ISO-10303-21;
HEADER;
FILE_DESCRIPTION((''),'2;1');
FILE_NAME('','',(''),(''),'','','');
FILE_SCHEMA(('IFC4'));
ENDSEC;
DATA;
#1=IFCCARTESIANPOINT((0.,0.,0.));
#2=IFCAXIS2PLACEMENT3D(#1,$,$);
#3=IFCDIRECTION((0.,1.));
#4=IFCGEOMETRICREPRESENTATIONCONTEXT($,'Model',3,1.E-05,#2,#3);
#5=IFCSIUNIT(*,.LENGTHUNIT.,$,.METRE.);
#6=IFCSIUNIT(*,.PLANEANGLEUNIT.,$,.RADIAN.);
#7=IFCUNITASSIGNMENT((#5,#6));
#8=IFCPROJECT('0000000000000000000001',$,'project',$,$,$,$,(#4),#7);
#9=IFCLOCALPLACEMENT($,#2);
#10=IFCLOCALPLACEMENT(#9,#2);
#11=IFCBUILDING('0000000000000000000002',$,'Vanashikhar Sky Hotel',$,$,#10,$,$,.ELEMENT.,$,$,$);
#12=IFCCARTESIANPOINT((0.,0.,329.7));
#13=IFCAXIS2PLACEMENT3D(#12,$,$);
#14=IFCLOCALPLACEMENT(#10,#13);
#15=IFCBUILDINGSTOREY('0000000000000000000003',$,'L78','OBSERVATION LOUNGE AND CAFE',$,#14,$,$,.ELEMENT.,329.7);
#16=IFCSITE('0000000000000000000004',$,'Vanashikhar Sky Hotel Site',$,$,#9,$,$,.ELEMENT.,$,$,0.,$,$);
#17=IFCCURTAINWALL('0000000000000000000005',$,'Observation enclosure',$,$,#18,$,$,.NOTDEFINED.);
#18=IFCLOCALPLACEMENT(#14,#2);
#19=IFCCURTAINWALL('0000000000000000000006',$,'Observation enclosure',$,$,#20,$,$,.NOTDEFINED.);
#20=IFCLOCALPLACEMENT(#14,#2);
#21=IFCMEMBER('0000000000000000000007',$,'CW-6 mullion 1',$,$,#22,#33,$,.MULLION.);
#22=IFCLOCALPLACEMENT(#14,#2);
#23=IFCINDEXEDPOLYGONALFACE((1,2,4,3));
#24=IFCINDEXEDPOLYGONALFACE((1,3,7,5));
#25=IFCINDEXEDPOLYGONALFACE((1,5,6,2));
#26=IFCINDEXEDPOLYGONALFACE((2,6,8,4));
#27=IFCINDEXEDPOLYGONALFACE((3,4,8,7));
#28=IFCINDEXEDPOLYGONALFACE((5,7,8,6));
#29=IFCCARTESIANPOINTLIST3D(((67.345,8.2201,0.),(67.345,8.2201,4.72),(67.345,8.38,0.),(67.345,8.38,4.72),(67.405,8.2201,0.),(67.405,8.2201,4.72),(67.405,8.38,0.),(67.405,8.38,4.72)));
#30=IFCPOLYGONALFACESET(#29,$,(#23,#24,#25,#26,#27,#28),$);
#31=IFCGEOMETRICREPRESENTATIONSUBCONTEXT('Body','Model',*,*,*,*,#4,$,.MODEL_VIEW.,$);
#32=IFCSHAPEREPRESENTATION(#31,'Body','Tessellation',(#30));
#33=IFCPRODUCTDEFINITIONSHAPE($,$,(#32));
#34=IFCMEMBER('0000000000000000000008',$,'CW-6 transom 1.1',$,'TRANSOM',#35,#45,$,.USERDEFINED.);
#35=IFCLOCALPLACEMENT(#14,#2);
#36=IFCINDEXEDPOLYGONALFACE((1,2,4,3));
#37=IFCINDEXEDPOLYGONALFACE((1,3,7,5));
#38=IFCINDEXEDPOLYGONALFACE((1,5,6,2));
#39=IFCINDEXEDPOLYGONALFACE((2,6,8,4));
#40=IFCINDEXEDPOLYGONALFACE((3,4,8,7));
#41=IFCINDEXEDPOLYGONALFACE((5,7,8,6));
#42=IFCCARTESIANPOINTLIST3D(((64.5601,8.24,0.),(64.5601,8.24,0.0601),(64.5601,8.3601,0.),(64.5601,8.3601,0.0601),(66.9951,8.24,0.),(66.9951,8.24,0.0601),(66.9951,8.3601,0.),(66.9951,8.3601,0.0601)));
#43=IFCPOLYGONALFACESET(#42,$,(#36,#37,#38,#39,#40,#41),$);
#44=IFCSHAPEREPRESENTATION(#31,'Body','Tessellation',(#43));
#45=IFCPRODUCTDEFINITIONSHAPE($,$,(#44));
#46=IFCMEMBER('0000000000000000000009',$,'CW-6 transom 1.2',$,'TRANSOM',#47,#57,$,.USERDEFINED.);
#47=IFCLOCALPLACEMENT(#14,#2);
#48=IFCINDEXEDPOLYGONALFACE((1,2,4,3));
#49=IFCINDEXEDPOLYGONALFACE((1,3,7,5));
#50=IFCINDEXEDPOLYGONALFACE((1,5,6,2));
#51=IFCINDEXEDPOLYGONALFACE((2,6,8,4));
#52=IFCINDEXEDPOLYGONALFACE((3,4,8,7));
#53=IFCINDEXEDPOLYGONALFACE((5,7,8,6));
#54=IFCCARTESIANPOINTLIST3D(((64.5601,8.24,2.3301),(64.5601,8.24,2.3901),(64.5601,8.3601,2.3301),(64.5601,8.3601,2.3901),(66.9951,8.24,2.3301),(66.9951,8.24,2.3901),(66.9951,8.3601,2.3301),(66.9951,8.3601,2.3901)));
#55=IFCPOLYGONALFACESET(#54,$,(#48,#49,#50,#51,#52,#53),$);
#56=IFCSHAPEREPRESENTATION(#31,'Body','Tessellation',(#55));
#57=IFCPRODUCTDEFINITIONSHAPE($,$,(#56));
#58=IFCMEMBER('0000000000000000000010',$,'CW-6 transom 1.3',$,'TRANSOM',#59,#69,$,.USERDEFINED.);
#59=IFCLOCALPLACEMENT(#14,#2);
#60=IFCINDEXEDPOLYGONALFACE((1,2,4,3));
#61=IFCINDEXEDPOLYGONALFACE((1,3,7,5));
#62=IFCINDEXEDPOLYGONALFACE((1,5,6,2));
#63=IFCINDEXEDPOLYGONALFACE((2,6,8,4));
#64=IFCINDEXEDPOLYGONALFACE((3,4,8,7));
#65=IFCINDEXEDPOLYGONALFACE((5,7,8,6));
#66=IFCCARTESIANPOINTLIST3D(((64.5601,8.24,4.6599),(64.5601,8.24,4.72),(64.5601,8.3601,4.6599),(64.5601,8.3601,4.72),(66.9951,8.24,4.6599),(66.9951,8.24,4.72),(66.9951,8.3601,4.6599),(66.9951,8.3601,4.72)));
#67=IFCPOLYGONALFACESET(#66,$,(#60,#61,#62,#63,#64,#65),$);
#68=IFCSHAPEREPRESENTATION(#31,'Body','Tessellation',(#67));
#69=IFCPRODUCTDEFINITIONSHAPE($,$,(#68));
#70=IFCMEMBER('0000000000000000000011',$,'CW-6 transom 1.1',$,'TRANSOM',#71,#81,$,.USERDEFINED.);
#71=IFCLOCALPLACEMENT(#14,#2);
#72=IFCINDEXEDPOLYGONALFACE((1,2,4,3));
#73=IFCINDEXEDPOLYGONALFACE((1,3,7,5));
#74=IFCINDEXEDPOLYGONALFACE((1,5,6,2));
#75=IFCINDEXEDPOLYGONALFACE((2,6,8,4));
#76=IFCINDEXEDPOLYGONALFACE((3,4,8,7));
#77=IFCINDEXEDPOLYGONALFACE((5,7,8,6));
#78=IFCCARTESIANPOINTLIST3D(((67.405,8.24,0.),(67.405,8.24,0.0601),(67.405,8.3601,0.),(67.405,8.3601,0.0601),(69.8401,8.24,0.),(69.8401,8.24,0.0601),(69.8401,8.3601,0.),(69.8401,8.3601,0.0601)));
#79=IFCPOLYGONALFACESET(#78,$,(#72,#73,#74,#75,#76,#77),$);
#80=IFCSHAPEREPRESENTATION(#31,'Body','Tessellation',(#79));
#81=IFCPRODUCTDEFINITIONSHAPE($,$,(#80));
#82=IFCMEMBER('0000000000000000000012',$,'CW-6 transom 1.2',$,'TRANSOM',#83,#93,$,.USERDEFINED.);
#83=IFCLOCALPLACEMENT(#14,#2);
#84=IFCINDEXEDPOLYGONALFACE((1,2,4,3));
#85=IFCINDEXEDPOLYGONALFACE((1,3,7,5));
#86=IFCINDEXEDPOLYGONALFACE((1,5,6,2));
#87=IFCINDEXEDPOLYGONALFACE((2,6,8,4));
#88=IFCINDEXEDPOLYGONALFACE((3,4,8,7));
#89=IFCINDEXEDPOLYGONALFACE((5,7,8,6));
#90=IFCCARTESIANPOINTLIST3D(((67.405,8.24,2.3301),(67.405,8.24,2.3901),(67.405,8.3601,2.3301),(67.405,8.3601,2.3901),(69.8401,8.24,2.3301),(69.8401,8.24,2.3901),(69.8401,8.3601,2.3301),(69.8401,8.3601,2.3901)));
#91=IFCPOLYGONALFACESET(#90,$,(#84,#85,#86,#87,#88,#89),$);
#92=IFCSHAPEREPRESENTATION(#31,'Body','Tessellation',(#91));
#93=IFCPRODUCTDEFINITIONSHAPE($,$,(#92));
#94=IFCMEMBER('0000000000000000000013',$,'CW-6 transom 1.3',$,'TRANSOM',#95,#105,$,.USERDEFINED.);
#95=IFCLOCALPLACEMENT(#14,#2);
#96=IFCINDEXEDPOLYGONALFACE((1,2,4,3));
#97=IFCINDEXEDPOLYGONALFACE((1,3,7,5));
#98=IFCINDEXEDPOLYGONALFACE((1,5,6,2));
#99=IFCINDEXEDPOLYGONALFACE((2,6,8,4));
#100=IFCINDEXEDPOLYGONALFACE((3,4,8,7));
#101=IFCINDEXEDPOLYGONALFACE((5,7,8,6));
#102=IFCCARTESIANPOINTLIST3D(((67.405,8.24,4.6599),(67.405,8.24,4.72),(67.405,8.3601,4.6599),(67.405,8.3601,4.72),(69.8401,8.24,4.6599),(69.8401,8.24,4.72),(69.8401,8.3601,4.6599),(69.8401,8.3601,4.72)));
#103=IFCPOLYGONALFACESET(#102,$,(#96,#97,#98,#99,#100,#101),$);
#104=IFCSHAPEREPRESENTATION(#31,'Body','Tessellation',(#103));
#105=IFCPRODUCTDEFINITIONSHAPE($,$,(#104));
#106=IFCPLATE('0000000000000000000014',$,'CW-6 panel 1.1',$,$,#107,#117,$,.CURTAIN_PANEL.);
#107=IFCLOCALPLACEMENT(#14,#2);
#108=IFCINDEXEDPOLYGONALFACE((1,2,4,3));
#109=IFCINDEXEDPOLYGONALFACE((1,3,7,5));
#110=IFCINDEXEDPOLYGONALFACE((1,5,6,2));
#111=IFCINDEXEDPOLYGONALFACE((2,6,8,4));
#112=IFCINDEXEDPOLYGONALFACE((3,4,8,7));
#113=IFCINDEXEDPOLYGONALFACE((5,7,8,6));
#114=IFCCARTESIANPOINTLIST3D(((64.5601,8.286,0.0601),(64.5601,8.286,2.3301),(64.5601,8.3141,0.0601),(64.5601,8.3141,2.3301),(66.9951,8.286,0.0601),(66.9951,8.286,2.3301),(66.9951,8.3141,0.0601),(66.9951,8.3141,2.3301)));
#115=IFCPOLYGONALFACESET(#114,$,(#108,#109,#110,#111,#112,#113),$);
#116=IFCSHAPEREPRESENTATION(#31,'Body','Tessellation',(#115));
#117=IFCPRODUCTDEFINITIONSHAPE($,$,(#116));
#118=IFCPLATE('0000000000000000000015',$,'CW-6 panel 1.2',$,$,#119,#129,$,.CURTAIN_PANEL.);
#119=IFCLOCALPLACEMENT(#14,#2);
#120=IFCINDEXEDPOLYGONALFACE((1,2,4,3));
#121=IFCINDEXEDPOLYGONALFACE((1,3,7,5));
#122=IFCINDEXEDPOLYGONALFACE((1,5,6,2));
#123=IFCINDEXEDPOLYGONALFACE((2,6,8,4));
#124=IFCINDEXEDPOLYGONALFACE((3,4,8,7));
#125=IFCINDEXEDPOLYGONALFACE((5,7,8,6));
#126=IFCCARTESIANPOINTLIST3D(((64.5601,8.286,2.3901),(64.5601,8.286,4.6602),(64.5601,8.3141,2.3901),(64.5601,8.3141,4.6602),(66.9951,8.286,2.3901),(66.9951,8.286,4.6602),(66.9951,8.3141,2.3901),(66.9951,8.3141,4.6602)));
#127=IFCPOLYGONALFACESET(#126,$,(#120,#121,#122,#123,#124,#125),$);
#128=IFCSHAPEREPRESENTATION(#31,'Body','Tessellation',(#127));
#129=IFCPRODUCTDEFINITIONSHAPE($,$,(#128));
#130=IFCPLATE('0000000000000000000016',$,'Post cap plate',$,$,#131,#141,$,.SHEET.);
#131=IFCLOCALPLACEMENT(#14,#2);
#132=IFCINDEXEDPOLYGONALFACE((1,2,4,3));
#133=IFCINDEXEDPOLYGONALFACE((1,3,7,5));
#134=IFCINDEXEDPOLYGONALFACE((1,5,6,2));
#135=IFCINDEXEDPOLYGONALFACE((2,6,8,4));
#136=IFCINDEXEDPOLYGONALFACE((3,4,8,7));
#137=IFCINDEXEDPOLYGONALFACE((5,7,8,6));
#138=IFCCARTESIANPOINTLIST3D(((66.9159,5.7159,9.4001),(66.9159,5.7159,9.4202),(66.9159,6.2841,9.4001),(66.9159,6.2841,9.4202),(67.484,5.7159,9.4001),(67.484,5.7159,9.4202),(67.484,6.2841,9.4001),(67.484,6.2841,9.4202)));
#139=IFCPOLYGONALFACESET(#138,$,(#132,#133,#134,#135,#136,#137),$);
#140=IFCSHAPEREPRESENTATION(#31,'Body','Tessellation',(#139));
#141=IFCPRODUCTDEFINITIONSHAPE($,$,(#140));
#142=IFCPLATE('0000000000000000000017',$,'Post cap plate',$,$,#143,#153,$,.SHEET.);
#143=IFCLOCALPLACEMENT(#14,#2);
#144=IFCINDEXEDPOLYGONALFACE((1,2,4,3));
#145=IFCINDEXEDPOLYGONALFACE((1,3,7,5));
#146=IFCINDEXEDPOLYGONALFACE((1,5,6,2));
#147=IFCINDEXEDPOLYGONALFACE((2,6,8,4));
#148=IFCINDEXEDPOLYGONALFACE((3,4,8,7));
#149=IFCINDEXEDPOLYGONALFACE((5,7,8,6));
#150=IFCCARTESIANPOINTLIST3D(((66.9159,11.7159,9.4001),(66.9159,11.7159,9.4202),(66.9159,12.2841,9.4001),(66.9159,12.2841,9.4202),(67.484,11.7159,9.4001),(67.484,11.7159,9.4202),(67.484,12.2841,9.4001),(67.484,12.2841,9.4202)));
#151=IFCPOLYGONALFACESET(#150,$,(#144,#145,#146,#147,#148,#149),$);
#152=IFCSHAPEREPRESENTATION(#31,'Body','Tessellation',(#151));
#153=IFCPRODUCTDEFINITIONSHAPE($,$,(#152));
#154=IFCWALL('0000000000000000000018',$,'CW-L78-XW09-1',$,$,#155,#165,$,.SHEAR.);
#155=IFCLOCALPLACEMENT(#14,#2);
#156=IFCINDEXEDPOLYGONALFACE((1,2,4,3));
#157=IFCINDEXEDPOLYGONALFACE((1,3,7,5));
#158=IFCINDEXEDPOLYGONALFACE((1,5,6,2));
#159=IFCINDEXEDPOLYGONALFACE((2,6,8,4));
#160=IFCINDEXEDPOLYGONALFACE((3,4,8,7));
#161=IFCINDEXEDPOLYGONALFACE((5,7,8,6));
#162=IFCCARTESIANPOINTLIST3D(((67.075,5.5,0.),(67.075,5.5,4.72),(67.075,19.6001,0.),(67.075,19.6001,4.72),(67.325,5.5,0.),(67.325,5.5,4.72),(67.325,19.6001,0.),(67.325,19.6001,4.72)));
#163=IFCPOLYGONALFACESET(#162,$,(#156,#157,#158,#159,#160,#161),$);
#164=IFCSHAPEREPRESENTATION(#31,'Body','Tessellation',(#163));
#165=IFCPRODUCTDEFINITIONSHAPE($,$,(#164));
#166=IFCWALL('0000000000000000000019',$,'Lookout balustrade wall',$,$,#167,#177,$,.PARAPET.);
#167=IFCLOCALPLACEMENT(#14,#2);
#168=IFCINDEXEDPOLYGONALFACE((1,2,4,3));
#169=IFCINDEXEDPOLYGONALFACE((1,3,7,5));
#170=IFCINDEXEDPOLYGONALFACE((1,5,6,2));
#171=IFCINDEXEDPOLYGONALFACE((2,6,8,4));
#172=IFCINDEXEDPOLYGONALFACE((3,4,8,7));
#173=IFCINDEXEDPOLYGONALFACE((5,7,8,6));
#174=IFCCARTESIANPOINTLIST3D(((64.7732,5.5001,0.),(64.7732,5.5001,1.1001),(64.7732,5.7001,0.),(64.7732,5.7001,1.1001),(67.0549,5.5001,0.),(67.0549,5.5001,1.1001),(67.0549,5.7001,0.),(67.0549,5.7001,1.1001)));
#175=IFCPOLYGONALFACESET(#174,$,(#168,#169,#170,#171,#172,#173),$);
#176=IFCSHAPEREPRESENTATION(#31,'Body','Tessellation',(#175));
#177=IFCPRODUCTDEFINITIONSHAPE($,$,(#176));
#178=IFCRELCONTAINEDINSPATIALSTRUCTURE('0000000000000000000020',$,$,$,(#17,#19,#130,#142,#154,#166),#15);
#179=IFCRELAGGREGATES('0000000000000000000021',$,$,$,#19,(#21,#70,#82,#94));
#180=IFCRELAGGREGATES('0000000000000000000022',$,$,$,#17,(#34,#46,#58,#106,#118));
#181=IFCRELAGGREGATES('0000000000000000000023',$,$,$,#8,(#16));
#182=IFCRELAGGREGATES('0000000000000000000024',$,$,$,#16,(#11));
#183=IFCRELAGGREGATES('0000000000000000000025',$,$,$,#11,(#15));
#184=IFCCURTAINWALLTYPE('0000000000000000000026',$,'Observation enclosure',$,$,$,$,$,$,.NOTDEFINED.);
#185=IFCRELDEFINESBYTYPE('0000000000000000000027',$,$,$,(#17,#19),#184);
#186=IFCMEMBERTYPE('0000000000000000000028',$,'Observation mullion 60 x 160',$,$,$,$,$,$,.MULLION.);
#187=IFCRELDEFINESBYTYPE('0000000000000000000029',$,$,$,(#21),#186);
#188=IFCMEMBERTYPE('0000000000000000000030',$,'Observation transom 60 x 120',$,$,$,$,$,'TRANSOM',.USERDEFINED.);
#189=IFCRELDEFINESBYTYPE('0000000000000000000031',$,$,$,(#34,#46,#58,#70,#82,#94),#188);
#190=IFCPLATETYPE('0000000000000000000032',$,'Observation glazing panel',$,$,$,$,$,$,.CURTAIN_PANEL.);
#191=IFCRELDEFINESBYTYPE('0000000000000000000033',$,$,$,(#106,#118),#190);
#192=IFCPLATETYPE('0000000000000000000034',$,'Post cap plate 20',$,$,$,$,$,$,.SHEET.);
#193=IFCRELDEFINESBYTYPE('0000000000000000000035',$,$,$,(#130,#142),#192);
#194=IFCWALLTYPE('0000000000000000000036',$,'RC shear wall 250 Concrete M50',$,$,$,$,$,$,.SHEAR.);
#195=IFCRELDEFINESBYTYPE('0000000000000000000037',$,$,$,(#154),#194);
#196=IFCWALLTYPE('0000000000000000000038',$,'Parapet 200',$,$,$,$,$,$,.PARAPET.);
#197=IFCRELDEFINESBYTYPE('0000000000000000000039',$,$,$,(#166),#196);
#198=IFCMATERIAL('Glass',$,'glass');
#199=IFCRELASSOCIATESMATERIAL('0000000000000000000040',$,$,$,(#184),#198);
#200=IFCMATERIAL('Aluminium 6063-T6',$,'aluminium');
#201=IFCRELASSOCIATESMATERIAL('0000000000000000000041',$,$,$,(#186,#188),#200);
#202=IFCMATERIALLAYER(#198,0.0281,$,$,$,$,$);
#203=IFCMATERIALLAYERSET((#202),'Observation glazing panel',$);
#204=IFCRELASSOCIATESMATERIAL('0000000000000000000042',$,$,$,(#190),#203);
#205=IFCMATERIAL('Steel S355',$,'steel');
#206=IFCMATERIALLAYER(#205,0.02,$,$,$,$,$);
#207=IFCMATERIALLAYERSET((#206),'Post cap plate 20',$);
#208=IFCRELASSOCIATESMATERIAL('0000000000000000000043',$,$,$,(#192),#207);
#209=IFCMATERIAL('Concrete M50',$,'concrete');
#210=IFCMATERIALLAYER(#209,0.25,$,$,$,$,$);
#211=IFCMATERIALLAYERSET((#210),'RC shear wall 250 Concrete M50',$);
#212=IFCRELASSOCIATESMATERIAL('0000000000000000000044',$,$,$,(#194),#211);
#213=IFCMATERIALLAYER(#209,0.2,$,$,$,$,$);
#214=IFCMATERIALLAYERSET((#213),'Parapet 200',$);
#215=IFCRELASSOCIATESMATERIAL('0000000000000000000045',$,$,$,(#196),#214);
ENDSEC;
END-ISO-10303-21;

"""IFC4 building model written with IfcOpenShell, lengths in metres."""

from ifc_helpers import new_model, si_unit, direction, frame, frame_2d, origin, origin_2d, place, context, subcontext, project, spatial, rectangle, extrude, source, transform, mapped, material, layer, layer_set, material_profile, profile_set, type_object, element, aggregate, save


model = new_model("IFC4")

# Units and contexts
model_context = context("Model", 3, precision=1e-05, world=origin(), true_north=direction((0.0, 1.0)))
body_context = subcontext(model_context, "Body", "Model", "MODEL_VIEW")
ifc_project = project(units=[si_unit("LENGTHUNIT", "METRE"), si_unit("PLANEANGLEUNIT", "RADIAN")], contexts=[model_context])

# Site, building, storey
site_placement = place(None, origin())
site = spatial("IfcSite", under=ifc_project, at=site_placement, Name="Vanashikhar Sky Hotel Site", CompositionType="ELEMENT", RefElevation=0.0)
building_placement = place(site_placement, origin())
building = spatial("IfcBuilding", under=site, at=building_placement, Name="Vanashikhar Sky Hotel", CompositionType="ELEMENT")
storey_placement = place(building_placement, frame((0.0, 0.0, 329.7)))
storey = spatial("IfcBuildingStorey", under=building, at=storey_placement, Name="L78", Description="OBSERVATION LOUNGE AND CAFE", CompositionType="ELEMENT", Elevation=329.7)

# Shared definitions
ifc_material_1 = material(Name="Steel S355", Category="steel")

# Shared definitions
ifc_material_2 = material(Name="Concrete M50", Category="concrete")

# Curtain wall
ifc_material_3 = material(Name="Glass", Category="glass")
curtain_wall_type = type_object("IfcCurtainWallType", Name="Observation enclosure", PredefinedType="NOTDEFINED", material=ifc_material_3)
curtain_wall_1_placement = place(storey_placement, origin())
curtain_wall_1 = element("IfcCurtainWall", 1, at=curtain_wall_1_placement, inside=storey, type_object=curtain_wall_type, Name="Observation enclosure", PredefinedType="NOTDEFINED")
ifc_material_4 = material(Name="Aluminium 6063-T6", Category="aluminium")
ifc_material_profile_1 = material_profile(ifc_material_4, rectangle(XDim=0.1599, YDim=0.0601, at=origin_2d()))
ifc_profile_set_1 = profile_set([ifc_material_profile_1], Name="Aluminium 6063-T6")
member_type_1 = type_object("IfcMemberType", Name="Observation mullion 60 x 160", PredefinedType="MULLION", material=ifc_profile_set_1)
shared_shape_1 = source(origin(), body_context, "Body", "SweptSolid", [
    extrude(rectangle(XDim=0.1599, YDim=0.0601, at=origin_2d()), origin(), (0.0, 0.0, 1.0), 4.72),
])

# Curtain wall, member
curtain_wall_2_placement = place(storey_placement, origin())
curtain_wall_2 = element("IfcCurtainWall", 2, at=curtain_wall_2_placement, inside=storey, type_object=curtain_wall_type, Name="Observation enclosure", PredefinedType="NOTDEFINED")
member_1_placement = place(storey_placement, frame((67.375, 8.3, 0.0), z_axis=(0.0, 0.0, 1.0), x_axis=(0.0, 1.0, 0.0)))
member_1 = element("IfcMember", 3, at=member_1_placement, type_object=member_type_1, Name="CW-6 mullion 1", PredefinedType="MULLION", context=body_context, shape_type="MappedRepresentation", body=[
    mapped(shared_shape_1, transform((0.0, 0.0, 0.0), scale=1.0)),
])

# Members
ifc_material_profile_2 = material_profile(ifc_material_4, rectangle(XDim=0.1201, YDim=0.0601, at=origin_2d()))
ifc_profile_set_2 = profile_set([ifc_material_profile_2], Name="Aluminium 6063-T6")
member_type_2 = type_object("IfcMemberType", Name="Observation transom 60 x 120", ElementType="TRANSOM", PredefinedType="USERDEFINED", material=ifc_profile_set_2)
shared_shape_2 = source(origin(), body_context, "Body", "SweptSolid", [
    extrude(rectangle(XDim=0.1201, YDim=0.0601, at=origin_2d()), origin(), (0.0, 0.0, 1.0), 2.4351),
])
member_2_placement = place(storey_placement, frame((64.5601, 8.3, 0.03), z_axis=(1.0, 0.0, 0.0), x_axis=(0.0, 1.0, 0.0)))
member_2 = element("IfcMember", 4, at=member_2_placement, type_object=member_type_2, Name="CW-6 transom 1.1", ObjectType="TRANSOM", PredefinedType="USERDEFINED", context=body_context, shape_type="MappedRepresentation", body=[
    mapped(shared_shape_2, transform((0.0, 0.0, 0.0), scale=1.0)),
])
member_3_placement = place(storey_placement, frame((64.5601, 8.3, 2.3601), z_axis=(1.0, 0.0, 0.0), x_axis=(0.0, 1.0, 0.0)))
member_3 = element("IfcMember", 5, at=member_3_placement, type_object=member_type_2, Name="CW-6 transom 1.2", ObjectType="TRANSOM", PredefinedType="USERDEFINED", context=body_context, shape_type="MappedRepresentation", body=[
    mapped(shared_shape_2, transform((0.0, 0.0, 0.0), scale=1.0)),
])
member_4_placement = place(storey_placement, frame((64.5601, 8.3, 4.6899), z_axis=(1.0, 0.0, 0.0), x_axis=(0.0, 1.0, 0.0)))
member_4 = element("IfcMember", 6, at=member_4_placement, type_object=member_type_2, Name="CW-6 transom 1.3", ObjectType="TRANSOM", PredefinedType="USERDEFINED", context=body_context, shape_type="MappedRepresentation", body=[
    mapped(shared_shape_2, transform((0.0, 0.0, 0.0), scale=1.0)),
])
member_5_placement = place(storey_placement, frame((67.405, 8.3, 0.03), z_axis=(1.0, 0.0, 0.0), x_axis=(0.0, 1.0, 0.0)))
member_5 = element("IfcMember", 7, at=member_5_placement, type_object=member_type_2, Name="CW-6 transom 1.1", ObjectType="TRANSOM", PredefinedType="USERDEFINED", context=body_context, shape_type="MappedRepresentation", body=[
    mapped(shared_shape_2, transform((0.0, 0.0, 0.0), scale=1.0)),
])
member_6_placement = place(storey_placement, frame((67.405, 8.3, 2.3601), z_axis=(1.0, 0.0, 0.0), x_axis=(0.0, 1.0, 0.0)))
member_6 = element("IfcMember", 8, at=member_6_placement, type_object=member_type_2, Name="CW-6 transom 1.2", ObjectType="TRANSOM", PredefinedType="USERDEFINED", context=body_context, shape_type="MappedRepresentation", body=[
    mapped(shared_shape_2, transform((0.0, 0.0, 0.0), scale=1.0)),
])
member_7_placement = place(storey_placement, frame((67.405, 8.3, 4.6899), z_axis=(1.0, 0.0, 0.0), x_axis=(0.0, 1.0, 0.0)))
member_7 = element("IfcMember", 9, at=member_7_placement, type_object=member_type_2, Name="CW-6 transom 1.3", ObjectType="TRANSOM", PredefinedType="USERDEFINED", context=body_context, shape_type="MappedRepresentation", body=[
    mapped(shared_shape_2, transform((0.0, 0.0, 0.0), scale=1.0)),
])
aggregate(curtain_wall_2, [member_1, member_5, member_6, member_7])

# Plates
ifc_layer_1 = layer(ifc_material_3, 0.0281)
ifc_layer_set_1 = layer_set([ifc_layer_1], Name="Observation glazing panel")
plate_type_1 = type_object("IfcPlateType", Name="Observation glazing panel", PredefinedType="CURTAIN_PANEL", material=ifc_layer_set_1)
shared_shape_3 = source(origin(), body_context, "Body", "SweptSolid", [
    extrude(rectangle(XDim=2.4351, YDim=0.0281, at=origin_2d()), origin(), (0.0, 0.0, 1.0), 2.27),
])
plate_1_placement = place(storey_placement, frame((65.7776, 8.3, 0.0601), z_axis=(0.0, 0.0, 1.0), x_axis=(1.0, 0.0, 0.0)))
plate_1 = element("IfcPlate", 10, at=plate_1_placement, type_object=plate_type_1, Name="CW-6 panel 1.1", PredefinedType="CURTAIN_PANEL", context=body_context, shape_type="MappedRepresentation", body=[
    mapped(shared_shape_3, transform((0.0, 0.0, 0.0), scale=1.0)),
])
plate_2_placement = place(storey_placement, frame((65.7776, 8.3, 2.3901), z_axis=(0.0, 0.0, 1.0), x_axis=(1.0, 0.0, 0.0)))
plate_2 = element("IfcPlate", 11, at=plate_2_placement, type_object=plate_type_1, Name="CW-6 panel 1.2", PredefinedType="CURTAIN_PANEL", context=body_context, shape_type="MappedRepresentation", body=[
    mapped(shared_shape_3, transform((0.0, 0.0, 0.0), scale=1.0)),
])
aggregate(curtain_wall_1, [member_2, member_3, member_4, plate_1, plate_2])

# Plates
ifc_layer_2 = layer(ifc_material_1, 0.02)
ifc_layer_set_2 = layer_set([ifc_layer_2], Name="Post cap plate 20")
plate_type_2 = type_object("IfcPlateType", Name="Post cap plate 20", PredefinedType="SHEET", material=ifc_layer_set_2)
shared_shape_4 = source(origin(), body_context, "Body", "SweptSolid", [
    extrude(rectangle(XDim=0.5681, YDim=0.5681, at=origin_2d()), origin(), (0.0, 0.0, 1.0), 0.02),
])
for number, where, z_axis, x_axis, name in (
    (12, (67.2, 6.0, 9.4001), (0.0, 0.0, 1.0), (1.0, 0.0, 0.0), "Post cap plate"),
    (13, (67.2, 12.0, 9.4001), (0.0, 0.0, 1.0), (1.0, 0.0, 0.0), "Post cap plate"),
):
    element("IfcPlate", number, at=place(storey_placement, frame(where, z_axis=z_axis, x_axis=x_axis)), inside=storey, type_object=plate_type_2, Name=name, PredefinedType="SHEET", context=body_context, shape_type="MappedRepresentation", body=[
        mapped(shared_shape_4, transform((0.0, 0.0, 0.0), scale=1.0)),
    ])

# Walls
ifc_layer_3 = layer(ifc_material_2, 0.25)
ifc_layer_set_3 = layer_set([ifc_layer_3], Name="RC shear wall 250 Concrete M50")
wall_type_1 = type_object("IfcWallType", Name="RC shear wall 250 Concrete M50", PredefinedType="SHEAR", material=ifc_layer_set_3)
shared_shape_5 = source(origin(), body_context, "Body", "SweptSolid", [
    extrude(rectangle(XDim=14.1001, YDim=0.25, at=frame_2d((7.05, 0.0))), origin(), (0.0, 0.0, 1.0), 4.72),
])
wall_1_placement = place(storey_placement, frame((67.2, 5.5, 0.0), z_axis=(0.0, 0.0, 1.0), x_axis=(0.0, 1.0, 0.0)))
element("IfcWall", 14, at=wall_1_placement, inside=storey, type_object=wall_type_1, Name="CW-L78-XW09-1", PredefinedType="SHEAR", context=body_context, shape_type="MappedRepresentation", body=[
    mapped(shared_shape_5, transform((0.0, 0.0, 0.0), scale=1.0)),
])
ifc_layer_4 = layer(ifc_material_2, 0.2)
ifc_layer_set_4 = layer_set([ifc_layer_4], Name="Parapet 200")
wall_type_2 = type_object("IfcWallType", Name="Parapet 200", PredefinedType="PARAPET", material=ifc_layer_set_4)
shared_shape_6 = source(origin(), body_context, "Body", "SweptSolid", [
    extrude(rectangle(XDim=2.2817, YDim=0.2, at=frame_2d((1.1409, 0.0))), origin(), (0.0, 0.0, 1.0), 1.1001),
])
wall_2_placement = place(storey_placement, frame((67.0549, 5.6001, 0.0), z_axis=(0.0, 0.0, 1.0), x_axis=(-1.0, 0.0, 0.0)))
element("IfcWall", 15, at=wall_2_placement, inside=storey, type_object=wall_type_2, Name="Lookout balustrade wall", PredefinedType="PARAPET", context=body_context, shape_type="MappedRepresentation", body=[
    mapped(shared_shape_6, transform((0.0, 0.0, 0.0), scale=1.0)),
])

save(model, "model.ifc")
